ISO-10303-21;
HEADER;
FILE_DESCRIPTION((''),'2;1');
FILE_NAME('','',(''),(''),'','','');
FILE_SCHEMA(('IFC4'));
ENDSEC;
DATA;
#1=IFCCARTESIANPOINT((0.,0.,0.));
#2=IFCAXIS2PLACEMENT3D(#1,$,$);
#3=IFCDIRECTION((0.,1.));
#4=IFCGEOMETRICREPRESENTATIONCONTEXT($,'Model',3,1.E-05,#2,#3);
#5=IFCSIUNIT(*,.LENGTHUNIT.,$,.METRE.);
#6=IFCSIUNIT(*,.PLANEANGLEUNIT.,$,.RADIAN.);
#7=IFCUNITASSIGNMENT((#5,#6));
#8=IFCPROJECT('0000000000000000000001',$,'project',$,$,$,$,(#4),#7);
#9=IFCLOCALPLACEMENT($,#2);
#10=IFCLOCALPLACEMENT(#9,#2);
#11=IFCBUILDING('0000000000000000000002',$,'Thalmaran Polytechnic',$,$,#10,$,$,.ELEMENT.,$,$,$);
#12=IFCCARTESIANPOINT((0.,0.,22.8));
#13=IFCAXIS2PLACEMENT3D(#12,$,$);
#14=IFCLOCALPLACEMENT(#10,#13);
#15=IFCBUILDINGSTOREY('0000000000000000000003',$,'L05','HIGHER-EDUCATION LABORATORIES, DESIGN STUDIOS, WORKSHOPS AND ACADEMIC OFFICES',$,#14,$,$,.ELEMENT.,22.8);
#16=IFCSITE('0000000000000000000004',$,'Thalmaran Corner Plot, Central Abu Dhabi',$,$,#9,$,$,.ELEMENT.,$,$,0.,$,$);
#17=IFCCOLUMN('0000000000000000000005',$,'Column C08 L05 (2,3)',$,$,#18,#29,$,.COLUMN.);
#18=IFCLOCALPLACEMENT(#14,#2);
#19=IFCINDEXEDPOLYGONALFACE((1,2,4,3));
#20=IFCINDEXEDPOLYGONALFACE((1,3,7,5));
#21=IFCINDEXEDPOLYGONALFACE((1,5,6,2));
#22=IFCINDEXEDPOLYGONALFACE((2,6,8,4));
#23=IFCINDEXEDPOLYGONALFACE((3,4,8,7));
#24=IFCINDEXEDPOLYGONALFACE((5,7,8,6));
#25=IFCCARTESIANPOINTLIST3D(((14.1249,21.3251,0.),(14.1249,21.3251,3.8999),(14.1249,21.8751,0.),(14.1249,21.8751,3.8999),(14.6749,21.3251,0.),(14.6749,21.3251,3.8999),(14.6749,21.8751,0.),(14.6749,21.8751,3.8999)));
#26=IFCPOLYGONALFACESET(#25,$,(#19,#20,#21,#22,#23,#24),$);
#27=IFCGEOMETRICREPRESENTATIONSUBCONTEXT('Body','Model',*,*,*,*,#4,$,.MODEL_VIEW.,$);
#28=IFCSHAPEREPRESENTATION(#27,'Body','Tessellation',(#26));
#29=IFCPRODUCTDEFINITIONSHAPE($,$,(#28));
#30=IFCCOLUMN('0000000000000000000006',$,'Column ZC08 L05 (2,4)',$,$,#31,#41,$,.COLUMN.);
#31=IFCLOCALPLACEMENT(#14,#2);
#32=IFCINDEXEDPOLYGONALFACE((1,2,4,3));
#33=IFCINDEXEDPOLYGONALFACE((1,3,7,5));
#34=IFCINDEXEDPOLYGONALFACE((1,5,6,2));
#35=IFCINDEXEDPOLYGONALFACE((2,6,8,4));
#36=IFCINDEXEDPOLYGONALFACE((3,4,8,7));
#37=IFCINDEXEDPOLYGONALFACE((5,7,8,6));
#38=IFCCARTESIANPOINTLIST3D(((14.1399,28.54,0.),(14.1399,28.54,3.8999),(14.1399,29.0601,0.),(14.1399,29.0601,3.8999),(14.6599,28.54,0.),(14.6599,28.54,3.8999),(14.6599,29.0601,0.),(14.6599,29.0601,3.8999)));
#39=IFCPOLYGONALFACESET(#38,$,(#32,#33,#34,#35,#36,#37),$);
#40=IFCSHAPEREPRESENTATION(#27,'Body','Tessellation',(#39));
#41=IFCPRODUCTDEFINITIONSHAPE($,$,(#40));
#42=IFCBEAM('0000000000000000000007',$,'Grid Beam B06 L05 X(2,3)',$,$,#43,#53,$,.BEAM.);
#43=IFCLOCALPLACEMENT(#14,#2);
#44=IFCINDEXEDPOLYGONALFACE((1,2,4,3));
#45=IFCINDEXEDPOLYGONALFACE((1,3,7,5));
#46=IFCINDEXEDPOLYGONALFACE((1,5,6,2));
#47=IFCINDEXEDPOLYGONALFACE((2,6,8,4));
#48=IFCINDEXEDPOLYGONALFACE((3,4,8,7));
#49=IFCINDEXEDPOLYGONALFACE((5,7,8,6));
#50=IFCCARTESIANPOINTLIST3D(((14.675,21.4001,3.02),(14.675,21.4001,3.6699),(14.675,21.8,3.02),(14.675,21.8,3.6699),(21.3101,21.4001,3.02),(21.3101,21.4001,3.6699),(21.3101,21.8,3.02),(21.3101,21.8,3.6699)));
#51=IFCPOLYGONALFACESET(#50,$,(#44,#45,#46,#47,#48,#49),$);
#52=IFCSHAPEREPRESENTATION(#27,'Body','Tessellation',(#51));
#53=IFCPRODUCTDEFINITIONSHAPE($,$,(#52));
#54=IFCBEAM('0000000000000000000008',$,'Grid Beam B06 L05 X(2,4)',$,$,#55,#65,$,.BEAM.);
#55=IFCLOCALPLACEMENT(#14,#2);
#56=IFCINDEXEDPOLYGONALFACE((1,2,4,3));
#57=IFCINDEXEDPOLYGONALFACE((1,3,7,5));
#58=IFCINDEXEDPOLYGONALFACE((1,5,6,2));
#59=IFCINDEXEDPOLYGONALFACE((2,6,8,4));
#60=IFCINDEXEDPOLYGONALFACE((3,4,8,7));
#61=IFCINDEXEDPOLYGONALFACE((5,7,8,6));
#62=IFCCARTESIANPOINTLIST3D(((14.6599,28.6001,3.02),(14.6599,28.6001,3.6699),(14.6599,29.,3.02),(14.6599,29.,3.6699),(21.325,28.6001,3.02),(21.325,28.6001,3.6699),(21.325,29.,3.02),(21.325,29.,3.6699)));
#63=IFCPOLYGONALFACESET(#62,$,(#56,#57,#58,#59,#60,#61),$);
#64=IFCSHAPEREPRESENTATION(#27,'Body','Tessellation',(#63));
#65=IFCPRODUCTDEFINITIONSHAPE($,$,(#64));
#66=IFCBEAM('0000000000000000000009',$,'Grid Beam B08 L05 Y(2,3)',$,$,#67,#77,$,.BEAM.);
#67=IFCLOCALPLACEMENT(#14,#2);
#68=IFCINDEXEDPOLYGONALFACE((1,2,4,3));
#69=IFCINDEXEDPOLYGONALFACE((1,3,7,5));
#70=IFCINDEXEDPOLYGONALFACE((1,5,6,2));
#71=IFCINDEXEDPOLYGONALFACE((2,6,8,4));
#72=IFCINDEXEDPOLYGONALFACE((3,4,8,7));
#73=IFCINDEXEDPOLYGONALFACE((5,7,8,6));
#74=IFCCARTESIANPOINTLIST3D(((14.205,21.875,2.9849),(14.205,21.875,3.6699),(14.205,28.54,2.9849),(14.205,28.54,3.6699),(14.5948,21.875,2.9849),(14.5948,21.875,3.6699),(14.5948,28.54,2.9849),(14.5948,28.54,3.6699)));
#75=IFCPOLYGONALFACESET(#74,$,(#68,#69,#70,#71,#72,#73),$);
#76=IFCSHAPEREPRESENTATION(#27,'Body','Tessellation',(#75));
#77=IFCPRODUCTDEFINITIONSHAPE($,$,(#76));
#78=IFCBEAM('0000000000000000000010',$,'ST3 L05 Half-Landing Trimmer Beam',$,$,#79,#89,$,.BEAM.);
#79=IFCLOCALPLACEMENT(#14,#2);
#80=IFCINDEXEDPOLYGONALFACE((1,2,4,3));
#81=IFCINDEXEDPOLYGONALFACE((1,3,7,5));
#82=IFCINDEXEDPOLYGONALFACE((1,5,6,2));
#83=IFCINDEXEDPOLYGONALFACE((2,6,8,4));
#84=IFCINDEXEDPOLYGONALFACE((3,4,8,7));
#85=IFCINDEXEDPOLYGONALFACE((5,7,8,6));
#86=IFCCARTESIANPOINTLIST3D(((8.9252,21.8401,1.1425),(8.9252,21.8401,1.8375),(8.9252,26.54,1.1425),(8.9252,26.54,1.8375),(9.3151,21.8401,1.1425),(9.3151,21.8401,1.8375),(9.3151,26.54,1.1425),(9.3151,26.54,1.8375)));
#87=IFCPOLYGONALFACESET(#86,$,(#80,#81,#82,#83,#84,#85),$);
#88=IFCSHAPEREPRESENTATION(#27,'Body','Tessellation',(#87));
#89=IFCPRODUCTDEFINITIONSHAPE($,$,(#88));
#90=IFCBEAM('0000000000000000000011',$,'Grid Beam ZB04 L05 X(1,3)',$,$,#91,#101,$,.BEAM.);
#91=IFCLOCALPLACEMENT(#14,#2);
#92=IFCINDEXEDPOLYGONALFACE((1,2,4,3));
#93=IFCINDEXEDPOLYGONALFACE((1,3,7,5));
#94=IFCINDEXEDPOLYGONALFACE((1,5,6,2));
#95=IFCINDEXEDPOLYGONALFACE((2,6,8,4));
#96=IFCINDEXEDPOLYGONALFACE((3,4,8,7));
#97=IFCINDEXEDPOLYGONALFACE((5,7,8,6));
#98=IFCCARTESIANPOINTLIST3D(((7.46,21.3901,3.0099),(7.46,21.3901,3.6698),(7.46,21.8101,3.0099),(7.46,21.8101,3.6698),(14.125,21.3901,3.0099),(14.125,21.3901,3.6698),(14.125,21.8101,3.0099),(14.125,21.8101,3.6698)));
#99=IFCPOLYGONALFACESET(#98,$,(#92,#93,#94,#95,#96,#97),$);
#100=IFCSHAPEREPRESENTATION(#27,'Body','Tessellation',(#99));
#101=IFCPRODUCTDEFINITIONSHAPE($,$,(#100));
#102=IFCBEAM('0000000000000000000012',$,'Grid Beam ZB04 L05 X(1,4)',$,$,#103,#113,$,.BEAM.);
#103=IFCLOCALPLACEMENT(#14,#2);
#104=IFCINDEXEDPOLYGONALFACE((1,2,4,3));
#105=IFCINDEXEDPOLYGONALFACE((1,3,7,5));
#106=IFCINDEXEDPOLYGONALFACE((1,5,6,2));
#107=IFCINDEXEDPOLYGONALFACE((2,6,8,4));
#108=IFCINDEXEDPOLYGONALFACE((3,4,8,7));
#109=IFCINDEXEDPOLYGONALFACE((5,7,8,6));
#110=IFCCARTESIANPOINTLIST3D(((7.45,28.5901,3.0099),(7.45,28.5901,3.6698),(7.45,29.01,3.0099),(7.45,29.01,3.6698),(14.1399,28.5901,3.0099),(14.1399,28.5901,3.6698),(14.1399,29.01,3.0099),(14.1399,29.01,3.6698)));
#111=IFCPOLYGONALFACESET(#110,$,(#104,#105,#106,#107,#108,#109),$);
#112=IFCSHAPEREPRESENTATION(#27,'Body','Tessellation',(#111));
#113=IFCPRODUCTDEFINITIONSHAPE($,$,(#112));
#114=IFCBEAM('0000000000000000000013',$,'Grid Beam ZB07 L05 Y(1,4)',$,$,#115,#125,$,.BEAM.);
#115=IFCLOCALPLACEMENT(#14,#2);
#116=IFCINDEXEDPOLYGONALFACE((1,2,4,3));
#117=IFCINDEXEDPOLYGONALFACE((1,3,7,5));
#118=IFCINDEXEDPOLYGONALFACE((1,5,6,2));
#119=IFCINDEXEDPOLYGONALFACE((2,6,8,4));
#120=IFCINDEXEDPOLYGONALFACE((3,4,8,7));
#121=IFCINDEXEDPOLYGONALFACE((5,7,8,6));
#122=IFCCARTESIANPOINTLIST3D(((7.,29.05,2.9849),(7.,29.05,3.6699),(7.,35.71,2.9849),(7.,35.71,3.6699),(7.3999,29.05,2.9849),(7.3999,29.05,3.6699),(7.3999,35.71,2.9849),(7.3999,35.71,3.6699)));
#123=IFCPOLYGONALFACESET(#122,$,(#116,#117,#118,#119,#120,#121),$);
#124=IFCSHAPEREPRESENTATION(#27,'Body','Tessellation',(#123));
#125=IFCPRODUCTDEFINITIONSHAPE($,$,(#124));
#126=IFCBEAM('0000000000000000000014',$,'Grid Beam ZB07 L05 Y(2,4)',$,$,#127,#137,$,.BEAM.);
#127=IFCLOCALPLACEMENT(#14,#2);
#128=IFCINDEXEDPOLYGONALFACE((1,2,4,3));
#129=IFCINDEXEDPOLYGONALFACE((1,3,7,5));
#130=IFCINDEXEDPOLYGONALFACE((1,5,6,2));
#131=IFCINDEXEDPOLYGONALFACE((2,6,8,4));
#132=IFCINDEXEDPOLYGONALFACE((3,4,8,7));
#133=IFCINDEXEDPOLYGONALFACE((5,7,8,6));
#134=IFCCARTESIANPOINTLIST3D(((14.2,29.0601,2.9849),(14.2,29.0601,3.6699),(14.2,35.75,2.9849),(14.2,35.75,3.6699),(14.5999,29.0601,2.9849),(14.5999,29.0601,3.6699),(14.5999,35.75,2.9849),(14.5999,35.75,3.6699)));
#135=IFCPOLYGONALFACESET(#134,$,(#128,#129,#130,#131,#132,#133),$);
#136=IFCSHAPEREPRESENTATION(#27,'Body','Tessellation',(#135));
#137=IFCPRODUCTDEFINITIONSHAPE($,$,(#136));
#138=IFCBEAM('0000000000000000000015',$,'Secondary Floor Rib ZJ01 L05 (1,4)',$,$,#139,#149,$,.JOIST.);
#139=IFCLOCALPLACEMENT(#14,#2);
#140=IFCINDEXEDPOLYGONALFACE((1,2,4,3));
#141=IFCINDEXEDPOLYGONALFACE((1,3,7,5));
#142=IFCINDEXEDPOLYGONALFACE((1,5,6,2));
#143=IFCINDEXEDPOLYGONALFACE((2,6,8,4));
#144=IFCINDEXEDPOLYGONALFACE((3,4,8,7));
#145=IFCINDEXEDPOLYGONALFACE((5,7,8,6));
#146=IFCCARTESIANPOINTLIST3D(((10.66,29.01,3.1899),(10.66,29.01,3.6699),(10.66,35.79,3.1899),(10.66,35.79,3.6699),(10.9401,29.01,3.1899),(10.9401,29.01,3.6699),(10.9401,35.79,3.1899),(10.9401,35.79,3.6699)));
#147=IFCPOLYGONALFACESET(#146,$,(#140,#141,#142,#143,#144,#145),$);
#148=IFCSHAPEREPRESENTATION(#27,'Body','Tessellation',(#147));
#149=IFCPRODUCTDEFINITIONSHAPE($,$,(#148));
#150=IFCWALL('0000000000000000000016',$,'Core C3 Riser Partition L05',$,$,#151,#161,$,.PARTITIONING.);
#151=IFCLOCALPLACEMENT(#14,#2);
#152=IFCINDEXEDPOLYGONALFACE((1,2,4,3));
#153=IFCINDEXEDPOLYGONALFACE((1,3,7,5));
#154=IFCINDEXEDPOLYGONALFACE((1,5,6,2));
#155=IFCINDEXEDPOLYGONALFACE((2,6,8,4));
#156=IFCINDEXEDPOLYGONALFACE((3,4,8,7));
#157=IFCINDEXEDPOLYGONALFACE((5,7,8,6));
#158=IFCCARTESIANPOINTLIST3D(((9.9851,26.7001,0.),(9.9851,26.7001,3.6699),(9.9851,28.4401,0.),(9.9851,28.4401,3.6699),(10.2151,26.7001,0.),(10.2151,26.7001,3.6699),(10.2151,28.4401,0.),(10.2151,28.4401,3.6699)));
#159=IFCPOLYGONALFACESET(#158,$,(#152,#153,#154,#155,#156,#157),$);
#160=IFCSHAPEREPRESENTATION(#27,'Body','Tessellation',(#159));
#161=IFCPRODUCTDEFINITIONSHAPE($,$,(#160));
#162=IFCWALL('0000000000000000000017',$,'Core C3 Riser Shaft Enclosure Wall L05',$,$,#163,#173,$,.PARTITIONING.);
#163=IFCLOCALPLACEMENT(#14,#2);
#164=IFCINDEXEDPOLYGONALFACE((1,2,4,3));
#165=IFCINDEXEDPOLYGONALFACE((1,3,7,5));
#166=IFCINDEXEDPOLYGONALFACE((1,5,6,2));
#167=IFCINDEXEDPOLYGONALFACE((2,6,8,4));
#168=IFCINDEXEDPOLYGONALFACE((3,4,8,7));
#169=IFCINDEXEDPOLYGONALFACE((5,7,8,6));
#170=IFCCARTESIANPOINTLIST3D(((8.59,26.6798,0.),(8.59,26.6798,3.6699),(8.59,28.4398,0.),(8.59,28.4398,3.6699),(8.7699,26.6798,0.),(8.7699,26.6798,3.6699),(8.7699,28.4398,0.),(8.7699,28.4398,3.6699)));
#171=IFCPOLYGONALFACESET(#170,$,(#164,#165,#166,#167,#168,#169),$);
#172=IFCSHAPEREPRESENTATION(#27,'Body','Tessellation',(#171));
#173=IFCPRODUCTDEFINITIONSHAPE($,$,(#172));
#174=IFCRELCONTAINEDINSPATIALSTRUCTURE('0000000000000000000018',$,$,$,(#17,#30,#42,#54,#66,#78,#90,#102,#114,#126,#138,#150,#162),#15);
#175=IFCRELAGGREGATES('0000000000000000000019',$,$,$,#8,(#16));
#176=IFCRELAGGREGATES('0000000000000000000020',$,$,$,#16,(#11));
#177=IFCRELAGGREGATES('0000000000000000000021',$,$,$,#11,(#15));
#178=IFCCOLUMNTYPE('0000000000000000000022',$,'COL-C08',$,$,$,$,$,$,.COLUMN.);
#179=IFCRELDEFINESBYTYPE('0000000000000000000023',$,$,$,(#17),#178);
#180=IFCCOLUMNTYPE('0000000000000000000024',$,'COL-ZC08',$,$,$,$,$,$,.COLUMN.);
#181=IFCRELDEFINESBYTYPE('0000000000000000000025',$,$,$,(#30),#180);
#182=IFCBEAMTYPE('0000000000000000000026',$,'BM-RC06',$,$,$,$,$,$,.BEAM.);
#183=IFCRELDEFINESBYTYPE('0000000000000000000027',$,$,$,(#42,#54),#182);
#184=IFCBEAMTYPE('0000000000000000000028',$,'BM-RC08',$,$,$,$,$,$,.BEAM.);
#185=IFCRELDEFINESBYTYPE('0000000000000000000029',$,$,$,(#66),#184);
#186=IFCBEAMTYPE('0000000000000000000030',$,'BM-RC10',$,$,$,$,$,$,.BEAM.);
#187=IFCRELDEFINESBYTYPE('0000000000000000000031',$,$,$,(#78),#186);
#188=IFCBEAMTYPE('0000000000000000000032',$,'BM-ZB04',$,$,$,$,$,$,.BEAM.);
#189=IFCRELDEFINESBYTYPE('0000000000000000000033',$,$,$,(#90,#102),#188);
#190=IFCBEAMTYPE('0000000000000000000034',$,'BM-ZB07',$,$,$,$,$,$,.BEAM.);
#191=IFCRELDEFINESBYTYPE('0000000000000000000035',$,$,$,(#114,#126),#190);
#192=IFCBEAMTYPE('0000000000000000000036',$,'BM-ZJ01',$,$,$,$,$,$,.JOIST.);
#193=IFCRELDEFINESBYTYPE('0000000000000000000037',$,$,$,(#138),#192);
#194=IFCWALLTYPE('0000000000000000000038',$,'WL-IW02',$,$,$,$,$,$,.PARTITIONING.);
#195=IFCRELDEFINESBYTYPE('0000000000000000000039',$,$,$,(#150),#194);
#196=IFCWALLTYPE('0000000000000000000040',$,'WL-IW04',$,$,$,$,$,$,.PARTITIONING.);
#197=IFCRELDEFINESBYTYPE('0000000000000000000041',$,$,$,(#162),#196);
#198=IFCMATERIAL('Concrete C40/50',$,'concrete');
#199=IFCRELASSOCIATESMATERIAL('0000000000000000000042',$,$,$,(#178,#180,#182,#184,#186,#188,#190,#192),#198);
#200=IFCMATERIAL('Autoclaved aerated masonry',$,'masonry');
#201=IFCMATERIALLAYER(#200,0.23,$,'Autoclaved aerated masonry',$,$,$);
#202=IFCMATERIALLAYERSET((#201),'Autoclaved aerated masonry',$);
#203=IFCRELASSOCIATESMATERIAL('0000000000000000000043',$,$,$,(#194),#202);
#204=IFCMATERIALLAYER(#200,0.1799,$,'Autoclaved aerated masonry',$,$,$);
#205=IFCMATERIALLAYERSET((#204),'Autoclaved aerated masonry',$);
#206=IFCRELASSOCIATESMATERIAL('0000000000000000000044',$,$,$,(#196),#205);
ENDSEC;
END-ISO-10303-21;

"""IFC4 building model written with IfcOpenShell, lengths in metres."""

from ifc_helpers import new_model, si_unit, direction, frame, frame_2d, origin, origin_2d, place, context, subcontext, project, spatial, rectangle, extrude, material, layer, layer_set, material_profile, profile_set, type_object, element, save


model = new_model("IFC4")

# Units and contexts
model_context = context("Model", 3, precision=1e-05, world=origin(), true_north=direction((0.0, 1.0)))
body_context = subcontext(model_context, "Body", "Model", "MODEL_VIEW")
ifc_project = project(units=[si_unit("LENGTHUNIT", "METRE"), si_unit("PLANEANGLEUNIT", "RADIAN")], contexts=[model_context])

# Site, building, storey
site_placement = place(None, origin())
site = spatial("IfcSite", under=ifc_project, at=site_placement, Name="Thalmaran Corner Plot, Central Abu Dhabi", CompositionType="ELEMENT", RefElevation=0.0)
building_placement = place(site_placement, origin())
building = spatial("IfcBuilding", under=site, at=building_placement, Name="Thalmaran Polytechnic", CompositionType="ELEMENT")
storey_placement = place(building_placement, frame((0.0, 0.0, 22.8)))
storey = spatial("IfcBuildingStorey", under=building, at=storey_placement, Name="L05", Description="HIGHER-EDUCATION LABORATORIES, DESIGN STUDIOS, WORKSHOPS AND ACADEMIC OFFICES", CompositionType="ELEMENT", Elevation=22.8)

# Columns
ifc_material_1 = material(Name="Concrete C40/50", Category="concrete")
ifc_material_profile_1 = material_profile(ifc_material_1, rectangle(XDim=0.55, YDim=0.55, at=origin_2d()), Name="RC 550x550")
ifc_profile_set_1 = profile_set([ifc_material_profile_1], Name="Concrete C40/50")
column_type_1 = type_object("IfcColumnType", Name="COL-C08", PredefinedType="COLUMN", material=ifc_profile_set_1)
column_1_placement = place(storey_placement, frame((14.3999, 21.6001, 0.0), z_axis=(0.0, 0.0, 1.0), x_axis=(1.0, 0.0, 0.0)))
element("IfcColumn", 1, at=column_1_placement, inside=storey, type_object=column_type_1, Name="Column C08 L05 (2,3)", PredefinedType="COLUMN", context=body_context, shape_type="SweptSolid", body=[
    extrude(rectangle(XDim=0.55, YDim=0.55, at=origin_2d()), origin(), (0.0, 0.0, 1.0), 3.8999),
])
ifc_material_profile_2 = material_profile(ifc_material_1, rectangle(XDim=0.52, YDim=0.52, at=origin_2d()), Name="RC 520x520")
ifc_profile_set_2 = profile_set([ifc_material_profile_2], Name="Concrete C40/50")
column_type_2 = type_object("IfcColumnType", Name="COL-ZC08", PredefinedType="COLUMN", material=ifc_profile_set_2)
column_2_placement = place(storey_placement, frame((14.3999, 28.8, 0.0), z_axis=(0.0, 0.0, 1.0), x_axis=(1.0, 0.0, 0.0)))
element("IfcColumn", 2, at=column_2_placement, inside=storey, type_object=column_type_2, Name="Column ZC08 L05 (2,4)", PredefinedType="COLUMN", context=body_context, shape_type="SweptSolid", body=[
    extrude(rectangle(XDim=0.52, YDim=0.52, at=origin_2d()), origin(), (0.0, 0.0, 1.0), 3.8999),
])

# Beams
ifc_material_profile_3 = material_profile(ifc_material_1, rectangle(XDim=0.3999, YDim=0.6499, at=origin_2d()), Name="RC 400x650")
ifc_profile_set_3 = profile_set([ifc_material_profile_3], Name="Concrete C40/50")
beam_type_1 = type_object("IfcBeamType", Name="BM-RC06", PredefinedType="BEAM", material=ifc_profile_set_3)
beam_1_placement = place(storey_placement, frame((14.675, 21.6001, 3.345), z_axis=(1.0, 0.0, 0.0), x_axis=(0.0, 1.0, 0.0)))
element("IfcBeam", 3, at=beam_1_placement, inside=storey, type_object=beam_type_1, Name="Grid Beam B06 L05 X(2,3)", PredefinedType="BEAM", context=body_context, shape_type="SweptSolid", body=[
    extrude(rectangle(XDim=0.3999, YDim=0.6499, at=origin_2d()), origin(), (0.0, 0.0, 1.0), 6.635),
])
beam_2_placement = place(storey_placement, frame((14.6599, 28.8, 3.345), z_axis=(1.0, 0.0, 0.0), x_axis=(0.0, 1.0, 0.0)))
element("IfcBeam", 4, at=beam_2_placement, inside=storey, type_object=beam_type_1, Name="Grid Beam B06 L05 X(2,4)", PredefinedType="BEAM", context=body_context, shape_type="SweptSolid", body=[
    extrude(rectangle(XDim=0.3999, YDim=0.6499, at=origin_2d()), origin(), (0.0, 0.0, 1.0), 6.665),
])
ifc_material_profile_4 = material_profile(ifc_material_1, rectangle(XDim=0.3899, YDim=0.6851, at=origin_2d()), Name="RC 390x685")
ifc_profile_set_4 = profile_set([ifc_material_profile_4], Name="Concrete C40/50")
beam_type_2 = type_object("IfcBeamType", Name="BM-RC08", PredefinedType="BEAM", material=ifc_profile_set_4)
beam_3_placement = place(storey_placement, frame((14.3999, 21.875, 3.3274), z_axis=(0.0, 1.0, 0.0), x_axis=(-1.0, 0.0, 0.0)))
element("IfcBeam", 5, at=beam_3_placement, inside=storey, type_object=beam_type_2, Name="Grid Beam B08 L05 Y(2,3)", PredefinedType="BEAM", context=body_context, shape_type="SweptSolid", body=[
    extrude(rectangle(XDim=0.3899, YDim=0.6851, at=origin_2d()), origin(), (0.0, 0.0, 1.0), 6.665),
])
ifc_material_profile_5 = material_profile(ifc_material_1, rectangle(XDim=0.3899, YDim=0.6951, at=origin_2d()), Name="RC 390x695")
ifc_profile_set_5 = profile_set([ifc_material_profile_5], Name="Concrete C40/50")
beam_type_3 = type_object("IfcBeamType", Name="BM-RC10", PredefinedType="BEAM", material=ifc_profile_set_5)
beam_4_placement = place(storey_placement, frame((9.1201, 21.8401, 1.49), z_axis=(0.0, 1.0, 0.0), x_axis=(-1.0, 0.0, 0.0)))
element("IfcBeam", 6, at=beam_4_placement, inside=storey, type_object=beam_type_3, Name="ST3 L05 Half-Landing Trimmer Beam", PredefinedType="BEAM", context=body_context, shape_type="SweptSolid", body=[
    extrude(rectangle(XDim=0.3899, YDim=0.6951, at=origin_2d()), origin(), (0.0, 0.0, 1.0), 4.7),
])
ifc_material_profile_6 = material_profile(ifc_material_1, rectangle(XDim=0.4199, YDim=0.6599, at=origin_2d()), Name="RC 420x660")
ifc_profile_set_6 = profile_set([ifc_material_profile_6], Name="Concrete C40/50")
beam_type_4 = type_object("IfcBeamType", Name="BM-ZB04", PredefinedType="BEAM", material=ifc_profile_set_6)
beam_5_placement = place(storey_placement, frame((7.46, 21.6001, 3.3398), z_axis=(1.0, 0.0, 0.0), x_axis=(0.0, 1.0, 0.0)))
element("IfcBeam", 7, at=beam_5_placement, inside=storey, type_object=beam_type_4, Name="Grid Beam ZB04 L05 X(1,3)", PredefinedType="BEAM", context=body_context, shape_type="SweptSolid", body=[
    extrude(rectangle(XDim=0.4199, YDim=0.6599, at=origin_2d()), origin(), (0.0, 0.0, 1.0), 6.665),
])
beam_6_placement = place(storey_placement, frame((7.45, 28.8, 3.3398), z_axis=(1.0, 0.0, 0.0), x_axis=(0.0, 1.0, 0.0)))
element("IfcBeam", 8, at=beam_6_placement, inside=storey, type_object=beam_type_4, Name="Grid Beam ZB04 L05 X(1,4)", PredefinedType="BEAM", context=body_context, shape_type="SweptSolid", body=[
    extrude(rectangle(XDim=0.4199, YDim=0.6599, at=origin_2d()), origin(), (0.0, 0.0, 1.0), 6.6899),
])
ifc_material_profile_7 = material_profile(ifc_material_1, rectangle(XDim=0.3999, YDim=0.6851, at=origin_2d()), Name="RC 400x685")
ifc_profile_set_7 = profile_set([ifc_material_profile_7], Name="Concrete C40/50")
beam_type_5 = type_object("IfcBeamType", Name="BM-ZB07", PredefinedType="BEAM", material=ifc_profile_set_7)
beam_7_placement = place(storey_placement, frame((7.2, 29.05, 3.3274), z_axis=(0.0, 1.0, 0.0), x_axis=(-1.0, 0.0, 0.0)))
element("IfcBeam", 9, at=beam_7_placement, inside=storey, type_object=beam_type_5, Name="Grid Beam ZB07 L05 Y(1,4)", PredefinedType="BEAM", context=body_context, shape_type="SweptSolid", body=[
    extrude(rectangle(XDim=0.3999, YDim=0.6851, at=origin_2d()), origin(), (0.0, 0.0, 1.0), 6.6599),
])
beam_8_placement = place(storey_placement, frame((14.3999, 29.0601, 3.3274), z_axis=(0.0, 1.0, 0.0), x_axis=(-1.0, 0.0, 0.0)))
element("IfcBeam", 10, at=beam_8_placement, inside=storey, type_object=beam_type_5, Name="Grid Beam ZB07 L05 Y(2,4)", PredefinedType="BEAM", context=body_context, shape_type="SweptSolid", body=[
    extrude(rectangle(XDim=0.3999, YDim=0.6851, at=origin_2d()), origin(), (0.0, 0.0, 1.0), 6.6899),
])
ifc_material_profile_8 = material_profile(ifc_material_1, rectangle(XDim=0.28, YDim=0.48, at=origin_2d()), Name="RC 280x480")
ifc_profile_set_8 = profile_set([ifc_material_profile_8], Name="Concrete C40/50")
beam_type_6 = type_object("IfcBeamType", Name="BM-ZJ01", PredefinedType="JOIST", material=ifc_profile_set_8)
beam_9_placement = place(storey_placement, frame((10.8, 29.01, 3.4299), z_axis=(0.0, 1.0, 0.0), x_axis=(-1.0, 0.0, 0.0)))
element("IfcBeam", 11, at=beam_9_placement, inside=storey, type_object=beam_type_6, Name="Secondary Floor Rib ZJ01 L05 (1,4)", PredefinedType="JOIST", context=body_context, shape_type="SweptSolid", body=[
    extrude(rectangle(XDim=0.28, YDim=0.48, at=origin_2d()), origin(), (0.0, 0.0, 1.0), 6.78),
])

# Walls
ifc_material_2 = material(Name="Autoclaved aerated masonry", Category="masonry")
ifc_layer_1 = layer(ifc_material_2, 0.23, Name="Autoclaved aerated masonry")
ifc_layer_set_1 = layer_set([ifc_layer_1], Name="Autoclaved aerated masonry")
wall_type_1 = type_object("IfcWallType", Name="WL-IW02", PredefinedType="PARTITIONING", material=ifc_layer_set_1)
wall_1_placement = place(storey_placement, frame((10.1001, 26.7, 0.0), z_axis=(0.0, 0.0, 1.0), x_axis=(0.0, 1.0, 0.0)))
element("IfcWall", 12, at=wall_1_placement, inside=storey, type_object=wall_type_1, Name="Core C3 Riser Partition L05", PredefinedType="PARTITIONING", context=body_context, shape_type="SweptSolid", body=[
    extrude(rectangle(XDim=1.74, YDim=0.23, at=frame_2d((0.8701, 0.0))), origin(), (0.0, 0.0, 1.0), 3.6699),
])
ifc_layer_2 = layer(ifc_material_2, 0.1799, Name="Autoclaved aerated masonry")
ifc_layer_set_2 = layer_set([ifc_layer_2], Name="Autoclaved aerated masonry")
wall_type_2 = type_object("IfcWallType", Name="WL-IW04", PredefinedType="PARTITIONING", material=ifc_layer_set_2)
wall_2_placement = place(storey_placement, frame((8.6799, 26.6799, 0.0), z_axis=(0.0, 0.0, 1.0), x_axis=(0.0, 1.0, 0.0)))
element("IfcWall", 13, at=wall_2_placement, inside=storey, type_object=wall_type_2, Name="Core C3 Riser Shaft Enclosure Wall L05", PredefinedType="PARTITIONING", context=body_context, shape_type="SweptSolid", body=[
    extrude(rectangle(XDim=1.76, YDim=0.1799, at=frame_2d((0.8799, 0.0))), origin(), (0.0, 0.0, 1.0), 3.6699),
])

save(model, "model.ifc")
